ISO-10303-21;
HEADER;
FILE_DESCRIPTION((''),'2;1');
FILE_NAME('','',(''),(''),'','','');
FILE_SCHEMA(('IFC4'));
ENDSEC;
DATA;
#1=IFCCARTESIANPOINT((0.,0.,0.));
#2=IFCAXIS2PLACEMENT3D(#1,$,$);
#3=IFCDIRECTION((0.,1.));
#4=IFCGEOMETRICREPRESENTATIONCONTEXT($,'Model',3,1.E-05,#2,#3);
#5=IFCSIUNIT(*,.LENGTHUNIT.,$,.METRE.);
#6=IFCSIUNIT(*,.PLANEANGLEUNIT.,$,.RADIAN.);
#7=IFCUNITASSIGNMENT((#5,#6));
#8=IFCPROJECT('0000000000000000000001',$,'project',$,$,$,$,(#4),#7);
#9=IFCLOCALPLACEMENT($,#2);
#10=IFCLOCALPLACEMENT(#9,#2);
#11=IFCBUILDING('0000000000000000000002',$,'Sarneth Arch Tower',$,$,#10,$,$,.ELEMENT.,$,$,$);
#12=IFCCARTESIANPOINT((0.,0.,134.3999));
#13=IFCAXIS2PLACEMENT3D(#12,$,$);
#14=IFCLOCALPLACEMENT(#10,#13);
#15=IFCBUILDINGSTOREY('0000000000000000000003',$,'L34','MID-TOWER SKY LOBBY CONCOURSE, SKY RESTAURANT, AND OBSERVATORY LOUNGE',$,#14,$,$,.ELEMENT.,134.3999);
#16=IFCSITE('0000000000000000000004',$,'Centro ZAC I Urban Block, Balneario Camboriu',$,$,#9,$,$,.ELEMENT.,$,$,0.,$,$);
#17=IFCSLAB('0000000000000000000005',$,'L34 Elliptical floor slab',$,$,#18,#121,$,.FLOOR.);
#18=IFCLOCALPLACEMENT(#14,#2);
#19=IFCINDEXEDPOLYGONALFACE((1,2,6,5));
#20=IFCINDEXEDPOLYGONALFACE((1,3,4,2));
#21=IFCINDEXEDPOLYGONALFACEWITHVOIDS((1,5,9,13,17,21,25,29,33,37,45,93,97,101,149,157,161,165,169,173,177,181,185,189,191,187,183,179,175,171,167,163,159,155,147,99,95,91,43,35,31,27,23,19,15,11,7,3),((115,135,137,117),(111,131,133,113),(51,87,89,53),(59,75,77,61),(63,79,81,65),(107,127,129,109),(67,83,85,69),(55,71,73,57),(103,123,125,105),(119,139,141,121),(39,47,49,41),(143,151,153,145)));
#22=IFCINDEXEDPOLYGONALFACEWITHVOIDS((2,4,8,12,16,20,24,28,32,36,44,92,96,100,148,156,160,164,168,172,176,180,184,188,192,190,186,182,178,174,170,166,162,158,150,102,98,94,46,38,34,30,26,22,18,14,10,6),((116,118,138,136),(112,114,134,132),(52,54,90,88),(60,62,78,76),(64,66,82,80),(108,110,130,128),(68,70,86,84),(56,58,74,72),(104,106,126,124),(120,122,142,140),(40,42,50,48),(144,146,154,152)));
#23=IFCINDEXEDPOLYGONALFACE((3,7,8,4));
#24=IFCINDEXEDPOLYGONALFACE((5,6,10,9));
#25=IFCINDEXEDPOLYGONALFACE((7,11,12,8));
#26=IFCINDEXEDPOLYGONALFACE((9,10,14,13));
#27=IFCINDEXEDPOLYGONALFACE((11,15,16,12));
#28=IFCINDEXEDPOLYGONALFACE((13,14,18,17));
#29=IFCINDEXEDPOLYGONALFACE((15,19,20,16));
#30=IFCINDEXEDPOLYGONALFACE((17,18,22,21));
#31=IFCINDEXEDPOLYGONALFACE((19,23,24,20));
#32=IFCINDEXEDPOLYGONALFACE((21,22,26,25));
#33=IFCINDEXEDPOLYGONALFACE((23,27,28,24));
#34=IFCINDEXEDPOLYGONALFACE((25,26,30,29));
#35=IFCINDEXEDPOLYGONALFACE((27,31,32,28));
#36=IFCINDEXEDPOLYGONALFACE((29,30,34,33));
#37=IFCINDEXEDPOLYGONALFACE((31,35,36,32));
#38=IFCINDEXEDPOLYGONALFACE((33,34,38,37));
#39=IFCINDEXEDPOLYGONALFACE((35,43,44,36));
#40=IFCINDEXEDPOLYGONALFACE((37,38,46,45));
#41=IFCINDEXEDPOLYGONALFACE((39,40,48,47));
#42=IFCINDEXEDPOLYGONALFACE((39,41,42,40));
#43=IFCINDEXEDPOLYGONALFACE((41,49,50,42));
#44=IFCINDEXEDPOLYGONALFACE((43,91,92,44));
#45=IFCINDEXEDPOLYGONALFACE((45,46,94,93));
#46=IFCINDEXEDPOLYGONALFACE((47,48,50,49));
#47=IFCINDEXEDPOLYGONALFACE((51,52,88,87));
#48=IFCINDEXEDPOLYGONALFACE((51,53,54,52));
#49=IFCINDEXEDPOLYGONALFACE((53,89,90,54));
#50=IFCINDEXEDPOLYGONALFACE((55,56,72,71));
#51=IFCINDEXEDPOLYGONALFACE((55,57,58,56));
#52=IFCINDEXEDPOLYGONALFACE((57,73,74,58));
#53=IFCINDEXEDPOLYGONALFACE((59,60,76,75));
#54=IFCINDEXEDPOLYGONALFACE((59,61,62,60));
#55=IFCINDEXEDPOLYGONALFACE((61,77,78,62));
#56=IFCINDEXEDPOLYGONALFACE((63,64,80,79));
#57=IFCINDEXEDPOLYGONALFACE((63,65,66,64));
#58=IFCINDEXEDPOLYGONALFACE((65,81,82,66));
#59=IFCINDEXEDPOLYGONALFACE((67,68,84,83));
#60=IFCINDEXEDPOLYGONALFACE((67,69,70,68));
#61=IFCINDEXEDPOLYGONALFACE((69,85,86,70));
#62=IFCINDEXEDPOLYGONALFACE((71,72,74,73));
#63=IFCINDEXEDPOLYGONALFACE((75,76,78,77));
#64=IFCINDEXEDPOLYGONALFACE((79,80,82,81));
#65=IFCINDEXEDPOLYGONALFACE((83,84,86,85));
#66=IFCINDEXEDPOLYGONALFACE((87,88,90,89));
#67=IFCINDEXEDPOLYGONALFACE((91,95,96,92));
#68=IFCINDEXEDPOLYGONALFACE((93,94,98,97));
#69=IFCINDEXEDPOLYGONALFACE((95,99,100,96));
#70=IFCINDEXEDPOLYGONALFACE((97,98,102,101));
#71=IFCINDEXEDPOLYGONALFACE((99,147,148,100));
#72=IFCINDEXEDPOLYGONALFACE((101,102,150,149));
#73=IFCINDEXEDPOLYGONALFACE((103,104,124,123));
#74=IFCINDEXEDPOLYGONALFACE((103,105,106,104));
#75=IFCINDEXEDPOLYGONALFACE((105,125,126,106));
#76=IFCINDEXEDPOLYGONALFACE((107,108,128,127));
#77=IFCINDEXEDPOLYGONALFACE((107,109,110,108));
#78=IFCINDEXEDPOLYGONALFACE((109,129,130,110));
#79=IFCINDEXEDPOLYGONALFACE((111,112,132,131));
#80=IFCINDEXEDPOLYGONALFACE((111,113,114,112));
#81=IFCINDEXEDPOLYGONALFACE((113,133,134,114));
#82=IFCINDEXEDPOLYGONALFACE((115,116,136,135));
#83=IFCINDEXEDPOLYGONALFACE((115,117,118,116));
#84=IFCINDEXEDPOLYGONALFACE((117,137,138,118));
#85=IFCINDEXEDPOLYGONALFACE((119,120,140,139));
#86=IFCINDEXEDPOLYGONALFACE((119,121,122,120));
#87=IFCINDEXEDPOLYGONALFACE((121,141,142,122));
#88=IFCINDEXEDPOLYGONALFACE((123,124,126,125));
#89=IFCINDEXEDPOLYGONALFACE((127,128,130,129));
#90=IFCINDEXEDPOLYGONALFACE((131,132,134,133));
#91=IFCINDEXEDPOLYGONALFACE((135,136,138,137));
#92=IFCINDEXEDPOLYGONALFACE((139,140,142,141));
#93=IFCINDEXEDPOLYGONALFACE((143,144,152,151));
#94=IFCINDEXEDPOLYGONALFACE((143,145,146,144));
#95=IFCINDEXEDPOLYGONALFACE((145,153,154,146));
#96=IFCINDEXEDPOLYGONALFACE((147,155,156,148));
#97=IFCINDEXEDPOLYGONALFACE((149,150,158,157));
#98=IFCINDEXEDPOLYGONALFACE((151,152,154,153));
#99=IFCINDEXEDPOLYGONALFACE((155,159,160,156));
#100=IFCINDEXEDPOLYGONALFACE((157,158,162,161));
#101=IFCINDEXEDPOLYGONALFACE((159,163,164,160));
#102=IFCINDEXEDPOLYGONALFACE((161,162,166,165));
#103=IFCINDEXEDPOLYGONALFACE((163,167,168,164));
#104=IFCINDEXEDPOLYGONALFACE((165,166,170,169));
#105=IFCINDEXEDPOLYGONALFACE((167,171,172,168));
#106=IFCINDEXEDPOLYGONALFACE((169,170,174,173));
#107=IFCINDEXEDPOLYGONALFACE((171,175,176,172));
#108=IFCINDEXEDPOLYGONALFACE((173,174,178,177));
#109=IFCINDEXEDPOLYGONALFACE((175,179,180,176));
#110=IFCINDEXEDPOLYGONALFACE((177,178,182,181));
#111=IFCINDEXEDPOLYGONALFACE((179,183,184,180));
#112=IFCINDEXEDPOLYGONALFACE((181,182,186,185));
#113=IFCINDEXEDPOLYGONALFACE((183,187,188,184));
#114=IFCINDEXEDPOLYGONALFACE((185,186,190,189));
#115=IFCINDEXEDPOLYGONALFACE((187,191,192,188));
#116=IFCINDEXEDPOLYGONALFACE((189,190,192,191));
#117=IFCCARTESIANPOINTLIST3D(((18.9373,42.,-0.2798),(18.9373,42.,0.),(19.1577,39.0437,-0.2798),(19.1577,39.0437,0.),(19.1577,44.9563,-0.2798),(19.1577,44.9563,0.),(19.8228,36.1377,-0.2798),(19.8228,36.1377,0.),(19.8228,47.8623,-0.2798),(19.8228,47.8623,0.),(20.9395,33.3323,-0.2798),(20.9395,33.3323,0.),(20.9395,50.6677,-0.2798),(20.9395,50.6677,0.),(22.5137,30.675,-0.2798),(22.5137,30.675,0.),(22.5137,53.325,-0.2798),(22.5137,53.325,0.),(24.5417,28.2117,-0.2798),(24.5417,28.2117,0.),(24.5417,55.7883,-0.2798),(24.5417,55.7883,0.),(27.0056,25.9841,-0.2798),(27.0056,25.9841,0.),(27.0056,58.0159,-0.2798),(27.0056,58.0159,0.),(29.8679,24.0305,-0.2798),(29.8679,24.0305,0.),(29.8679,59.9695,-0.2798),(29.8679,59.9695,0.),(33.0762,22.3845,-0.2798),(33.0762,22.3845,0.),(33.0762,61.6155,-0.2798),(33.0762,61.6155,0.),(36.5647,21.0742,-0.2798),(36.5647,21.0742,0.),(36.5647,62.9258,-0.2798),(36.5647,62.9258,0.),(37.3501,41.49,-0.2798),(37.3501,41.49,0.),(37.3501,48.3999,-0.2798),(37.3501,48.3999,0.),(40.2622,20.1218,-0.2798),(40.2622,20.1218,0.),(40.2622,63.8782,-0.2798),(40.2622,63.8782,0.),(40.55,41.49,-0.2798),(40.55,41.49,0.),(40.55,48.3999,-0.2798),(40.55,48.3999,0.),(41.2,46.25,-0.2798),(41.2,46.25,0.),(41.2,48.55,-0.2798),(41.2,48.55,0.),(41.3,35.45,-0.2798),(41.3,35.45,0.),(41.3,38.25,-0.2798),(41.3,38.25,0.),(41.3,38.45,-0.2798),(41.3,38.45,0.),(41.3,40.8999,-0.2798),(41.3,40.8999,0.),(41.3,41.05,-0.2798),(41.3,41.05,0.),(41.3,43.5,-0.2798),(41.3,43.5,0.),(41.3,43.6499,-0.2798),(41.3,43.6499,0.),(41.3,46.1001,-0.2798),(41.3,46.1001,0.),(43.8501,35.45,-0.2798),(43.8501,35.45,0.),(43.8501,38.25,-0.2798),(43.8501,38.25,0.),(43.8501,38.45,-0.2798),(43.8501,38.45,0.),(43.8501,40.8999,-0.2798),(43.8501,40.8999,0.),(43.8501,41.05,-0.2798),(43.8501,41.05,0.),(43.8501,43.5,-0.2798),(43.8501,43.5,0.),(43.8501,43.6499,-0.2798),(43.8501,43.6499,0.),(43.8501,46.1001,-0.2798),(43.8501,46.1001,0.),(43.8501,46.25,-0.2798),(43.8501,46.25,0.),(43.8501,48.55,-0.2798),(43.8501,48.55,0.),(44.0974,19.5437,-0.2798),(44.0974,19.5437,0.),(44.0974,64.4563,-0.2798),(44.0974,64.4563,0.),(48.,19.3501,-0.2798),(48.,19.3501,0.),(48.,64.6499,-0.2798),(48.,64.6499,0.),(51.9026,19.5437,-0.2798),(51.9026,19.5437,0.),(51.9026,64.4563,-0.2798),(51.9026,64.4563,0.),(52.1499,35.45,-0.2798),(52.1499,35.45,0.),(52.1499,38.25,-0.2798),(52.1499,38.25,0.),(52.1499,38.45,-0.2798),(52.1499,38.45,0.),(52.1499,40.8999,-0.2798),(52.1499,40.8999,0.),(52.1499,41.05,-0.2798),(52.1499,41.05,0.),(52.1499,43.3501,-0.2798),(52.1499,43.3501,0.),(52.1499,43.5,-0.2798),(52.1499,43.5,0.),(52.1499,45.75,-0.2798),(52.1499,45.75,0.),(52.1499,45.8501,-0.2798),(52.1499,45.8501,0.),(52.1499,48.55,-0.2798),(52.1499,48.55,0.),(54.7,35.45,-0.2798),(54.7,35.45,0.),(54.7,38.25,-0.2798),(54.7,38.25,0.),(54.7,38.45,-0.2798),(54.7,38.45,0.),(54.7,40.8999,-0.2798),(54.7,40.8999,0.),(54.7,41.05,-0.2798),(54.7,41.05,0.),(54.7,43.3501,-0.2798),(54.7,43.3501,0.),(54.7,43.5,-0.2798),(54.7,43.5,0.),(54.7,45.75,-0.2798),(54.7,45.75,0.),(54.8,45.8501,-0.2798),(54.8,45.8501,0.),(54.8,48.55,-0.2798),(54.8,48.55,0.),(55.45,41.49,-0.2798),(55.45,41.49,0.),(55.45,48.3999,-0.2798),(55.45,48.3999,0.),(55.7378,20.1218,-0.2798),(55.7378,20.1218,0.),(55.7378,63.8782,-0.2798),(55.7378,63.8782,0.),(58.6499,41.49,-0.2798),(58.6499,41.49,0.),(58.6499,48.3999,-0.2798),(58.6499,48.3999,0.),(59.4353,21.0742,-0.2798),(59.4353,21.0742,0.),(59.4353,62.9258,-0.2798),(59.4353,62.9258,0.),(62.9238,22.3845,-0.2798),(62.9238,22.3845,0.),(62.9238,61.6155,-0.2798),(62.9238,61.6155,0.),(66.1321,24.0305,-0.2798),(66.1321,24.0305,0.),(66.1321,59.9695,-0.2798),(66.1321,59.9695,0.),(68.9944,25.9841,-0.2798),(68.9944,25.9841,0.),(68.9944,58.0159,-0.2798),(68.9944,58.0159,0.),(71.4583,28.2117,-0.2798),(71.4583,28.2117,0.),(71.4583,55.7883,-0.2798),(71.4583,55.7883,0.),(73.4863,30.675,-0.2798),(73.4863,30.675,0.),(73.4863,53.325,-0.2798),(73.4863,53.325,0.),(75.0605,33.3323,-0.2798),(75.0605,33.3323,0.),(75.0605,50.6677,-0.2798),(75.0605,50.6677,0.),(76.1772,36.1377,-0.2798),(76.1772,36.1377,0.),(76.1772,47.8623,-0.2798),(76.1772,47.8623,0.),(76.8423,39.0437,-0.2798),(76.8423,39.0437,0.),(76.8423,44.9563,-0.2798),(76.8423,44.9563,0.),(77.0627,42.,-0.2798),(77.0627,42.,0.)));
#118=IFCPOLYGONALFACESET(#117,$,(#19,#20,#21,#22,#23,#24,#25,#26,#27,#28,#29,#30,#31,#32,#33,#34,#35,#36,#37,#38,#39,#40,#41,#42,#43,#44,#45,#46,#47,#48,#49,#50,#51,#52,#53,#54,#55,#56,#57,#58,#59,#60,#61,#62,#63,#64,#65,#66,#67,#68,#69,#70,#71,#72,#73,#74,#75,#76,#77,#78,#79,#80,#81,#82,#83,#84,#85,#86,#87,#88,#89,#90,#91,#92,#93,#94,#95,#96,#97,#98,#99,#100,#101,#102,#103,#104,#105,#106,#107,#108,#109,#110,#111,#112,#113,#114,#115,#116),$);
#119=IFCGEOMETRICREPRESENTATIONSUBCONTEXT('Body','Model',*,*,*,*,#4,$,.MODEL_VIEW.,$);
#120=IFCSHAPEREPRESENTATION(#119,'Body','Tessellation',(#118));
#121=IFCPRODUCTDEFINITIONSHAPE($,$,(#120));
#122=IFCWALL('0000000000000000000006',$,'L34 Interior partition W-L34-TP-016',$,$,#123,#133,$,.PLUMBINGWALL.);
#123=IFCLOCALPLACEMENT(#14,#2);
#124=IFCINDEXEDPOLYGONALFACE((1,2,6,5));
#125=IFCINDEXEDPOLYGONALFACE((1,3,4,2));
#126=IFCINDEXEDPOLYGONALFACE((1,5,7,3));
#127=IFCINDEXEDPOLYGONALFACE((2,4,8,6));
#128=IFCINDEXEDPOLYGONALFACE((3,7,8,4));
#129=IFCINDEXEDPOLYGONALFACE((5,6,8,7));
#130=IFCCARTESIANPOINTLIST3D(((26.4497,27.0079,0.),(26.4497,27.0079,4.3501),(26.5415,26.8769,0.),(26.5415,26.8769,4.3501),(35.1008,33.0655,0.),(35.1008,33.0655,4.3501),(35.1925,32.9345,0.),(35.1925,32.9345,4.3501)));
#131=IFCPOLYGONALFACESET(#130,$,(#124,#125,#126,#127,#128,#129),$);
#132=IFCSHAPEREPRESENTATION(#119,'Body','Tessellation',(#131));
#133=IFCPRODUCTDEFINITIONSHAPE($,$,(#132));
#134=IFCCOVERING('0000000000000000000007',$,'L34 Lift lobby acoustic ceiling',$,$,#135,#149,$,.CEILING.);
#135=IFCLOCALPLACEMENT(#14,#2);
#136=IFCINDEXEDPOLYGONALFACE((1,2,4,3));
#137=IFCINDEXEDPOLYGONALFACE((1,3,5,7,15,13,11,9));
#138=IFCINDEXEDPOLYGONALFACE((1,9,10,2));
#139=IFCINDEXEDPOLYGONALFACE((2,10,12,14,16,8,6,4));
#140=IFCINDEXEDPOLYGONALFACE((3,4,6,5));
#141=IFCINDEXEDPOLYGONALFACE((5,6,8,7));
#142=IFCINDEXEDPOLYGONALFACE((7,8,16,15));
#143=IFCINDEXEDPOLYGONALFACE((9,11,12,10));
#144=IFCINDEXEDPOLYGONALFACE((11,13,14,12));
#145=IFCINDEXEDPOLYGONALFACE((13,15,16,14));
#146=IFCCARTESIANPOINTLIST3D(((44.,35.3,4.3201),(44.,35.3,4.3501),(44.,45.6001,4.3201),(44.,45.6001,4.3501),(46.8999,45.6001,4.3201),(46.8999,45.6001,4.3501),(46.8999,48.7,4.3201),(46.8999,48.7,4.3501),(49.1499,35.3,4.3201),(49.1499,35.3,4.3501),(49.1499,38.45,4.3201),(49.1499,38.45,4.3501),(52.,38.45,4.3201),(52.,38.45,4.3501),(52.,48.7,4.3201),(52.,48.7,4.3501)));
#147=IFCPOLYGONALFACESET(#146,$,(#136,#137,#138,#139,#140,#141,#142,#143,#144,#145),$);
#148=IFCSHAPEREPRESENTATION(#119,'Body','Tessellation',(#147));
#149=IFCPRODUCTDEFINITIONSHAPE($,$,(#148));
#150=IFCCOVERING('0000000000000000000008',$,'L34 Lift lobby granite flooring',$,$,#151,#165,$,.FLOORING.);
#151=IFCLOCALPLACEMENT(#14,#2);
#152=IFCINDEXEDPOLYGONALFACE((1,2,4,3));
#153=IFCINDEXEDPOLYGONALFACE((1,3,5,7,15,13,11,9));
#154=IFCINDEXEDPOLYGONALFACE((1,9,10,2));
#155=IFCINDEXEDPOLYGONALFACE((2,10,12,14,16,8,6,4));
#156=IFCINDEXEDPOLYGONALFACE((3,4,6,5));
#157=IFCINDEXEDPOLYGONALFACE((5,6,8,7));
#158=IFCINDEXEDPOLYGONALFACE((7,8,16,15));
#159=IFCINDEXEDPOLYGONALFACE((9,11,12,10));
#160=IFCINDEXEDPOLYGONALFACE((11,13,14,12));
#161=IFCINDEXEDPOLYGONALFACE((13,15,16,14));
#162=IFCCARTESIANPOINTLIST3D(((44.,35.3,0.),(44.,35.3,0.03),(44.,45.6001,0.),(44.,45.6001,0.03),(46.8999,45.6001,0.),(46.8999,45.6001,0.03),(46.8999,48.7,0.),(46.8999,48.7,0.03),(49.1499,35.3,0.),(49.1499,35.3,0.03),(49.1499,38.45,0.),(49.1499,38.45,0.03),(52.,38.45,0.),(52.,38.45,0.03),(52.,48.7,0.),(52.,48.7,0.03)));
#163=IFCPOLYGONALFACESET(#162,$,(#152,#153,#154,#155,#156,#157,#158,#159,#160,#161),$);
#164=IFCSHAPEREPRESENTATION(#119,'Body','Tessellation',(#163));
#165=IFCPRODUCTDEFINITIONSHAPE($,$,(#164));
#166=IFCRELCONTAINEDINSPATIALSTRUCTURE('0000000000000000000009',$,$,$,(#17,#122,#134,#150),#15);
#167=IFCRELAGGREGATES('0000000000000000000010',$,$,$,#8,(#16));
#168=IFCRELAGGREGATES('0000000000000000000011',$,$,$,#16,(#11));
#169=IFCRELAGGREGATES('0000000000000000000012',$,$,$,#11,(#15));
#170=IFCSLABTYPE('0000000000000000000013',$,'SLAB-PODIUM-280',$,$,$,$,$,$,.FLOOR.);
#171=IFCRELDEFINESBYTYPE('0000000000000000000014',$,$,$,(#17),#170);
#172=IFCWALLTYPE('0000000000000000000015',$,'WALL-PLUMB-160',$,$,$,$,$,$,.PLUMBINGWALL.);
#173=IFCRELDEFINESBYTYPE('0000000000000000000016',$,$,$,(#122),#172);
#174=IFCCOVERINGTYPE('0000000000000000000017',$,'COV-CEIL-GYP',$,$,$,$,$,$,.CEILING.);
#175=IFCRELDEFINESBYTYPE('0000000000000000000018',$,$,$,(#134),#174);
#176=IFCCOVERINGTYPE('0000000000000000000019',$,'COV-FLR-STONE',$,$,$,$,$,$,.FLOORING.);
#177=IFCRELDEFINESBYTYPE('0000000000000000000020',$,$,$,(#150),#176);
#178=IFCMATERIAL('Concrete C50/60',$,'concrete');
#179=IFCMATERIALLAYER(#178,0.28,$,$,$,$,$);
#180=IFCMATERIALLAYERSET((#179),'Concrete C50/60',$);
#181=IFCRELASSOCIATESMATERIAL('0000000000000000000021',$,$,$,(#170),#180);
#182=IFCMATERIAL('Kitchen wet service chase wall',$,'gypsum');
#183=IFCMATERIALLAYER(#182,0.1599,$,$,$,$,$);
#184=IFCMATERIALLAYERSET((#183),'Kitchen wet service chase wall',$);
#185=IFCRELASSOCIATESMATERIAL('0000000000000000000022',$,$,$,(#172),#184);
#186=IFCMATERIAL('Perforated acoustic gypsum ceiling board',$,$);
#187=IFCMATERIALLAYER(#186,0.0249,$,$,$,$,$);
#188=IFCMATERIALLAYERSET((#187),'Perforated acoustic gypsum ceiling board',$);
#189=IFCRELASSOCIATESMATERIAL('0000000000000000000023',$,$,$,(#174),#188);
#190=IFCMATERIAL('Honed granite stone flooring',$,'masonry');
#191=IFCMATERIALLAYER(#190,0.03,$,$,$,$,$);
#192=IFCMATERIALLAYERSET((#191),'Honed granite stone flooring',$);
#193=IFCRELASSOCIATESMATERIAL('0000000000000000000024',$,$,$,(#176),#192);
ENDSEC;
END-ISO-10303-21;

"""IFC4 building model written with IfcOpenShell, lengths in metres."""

from ifc_helpers import new_model, si_unit, direction, frame, frame_2d, origin, place, context, subcontext, project, spatial, polyline, rectangle, outline, extrude, material, layer, layer_set, type_object, element, save


model = new_model("IFC4")

# Units and contexts
model_context = context("Model", 3, precision=1e-05, world=origin(), true_north=direction((0.0, 1.0)))
body_context = subcontext(model_context, "Body", "Model", "MODEL_VIEW")
ifc_project = project(units=[si_unit("LENGTHUNIT", "METRE"), si_unit("PLANEANGLEUNIT", "RADIAN")], contexts=[model_context])

# Site, building, storey
site_placement = place(None, origin())
site = spatial("IfcSite", under=ifc_project, at=site_placement, Name="Centro ZAC I Urban Block, Balneario Camboriu", CompositionType="ELEMENT", RefElevation=0.0)
building_placement = place(site_placement, origin())
building = spatial("IfcBuilding", under=site, at=building_placement, Name="Sarneth Arch Tower", CompositionType="ELEMENT")
storey_placement = place(building_placement, frame((0.0, 0.0, 134.3999)))
storey = spatial("IfcBuildingStorey", under=building, at=storey_placement, Name="L34", Description="MID-TOWER SKY LOBBY CONCOURSE, SKY RESTAURANT, AND OBSERVATORY LOUNGE", CompositionType="ELEMENT", Elevation=134.3999)

# Slab
ifc_material_1 = material(Name="Concrete C50/60", Category="concrete")
ifc_layer_1 = layer(ifc_material_1, 0.28)
ifc_layer_set_1 = layer_set([ifc_layer_1], Name="Concrete C50/60")
slab_type_1 = type_object("IfcSlabType", Name="SLAB-PODIUM-280", PredefinedType="FLOOR", material=ifc_layer_set_1)
slab_1_placement = place(storey_placement, frame((0.0, 0.0, -0.2798)))
element("IfcSlab", 1, at=slab_1_placement, inside=storey, type_object=slab_type_1, Name="L34 Elliptical floor slab", PredefinedType="FLOOR", context=body_context, shape_type="SweptSolid", body=[
    extrude(outline(polyline([(77.0627, 42.0), (76.8423, 44.9563), (76.1772, 47.8623), (75.0605, 50.6677), (73.4863, 53.325), (71.4583, 55.7883), (68.9944, 58.0159), (66.1321, 59.9695), (62.9238, 61.6155), (59.4353, 62.9258), (55.7378, 63.8782), (51.9026, 64.4563), (48.0, 64.6499), (44.0974, 64.4563), (40.2622, 63.8782), (36.5647, 62.9258), (33.0762, 61.6155), (29.8679, 59.9695), (27.0056, 58.0159), (24.5417, 55.7883), (22.5137, 53.325), (20.9395, 50.6677), (19.8228, 47.8623), (19.1577, 44.9563), (18.9373, 42.0), (19.1577, 39.0437), (19.8228, 36.1377), (20.9395, 33.3323), (22.5137, 30.675), (24.5417, 28.2117), (27.0056, 25.9841), (29.8679, 24.0305), (33.0762, 22.3845), (36.5647, 21.0742), (40.2622, 20.1218), (44.0974, 19.5437), (48.0, 19.3501), (51.9026, 19.5437), (55.7378, 20.1218), (59.4353, 21.0742), (62.9238, 22.3845), (66.1321, 24.0305), (68.9944, 25.9841), (71.4583, 28.2117), (73.4863, 30.675), (75.0605, 33.3323), (76.1772, 36.1377), (76.8423, 39.0437), (77.0627, 42.0)]), holes=[polyline([(37.3501, 41.49), (40.55, 41.49), (40.55, 48.3999), (37.3501, 48.3999), (37.3501, 41.49)]), polyline([(55.45, 41.49), (58.6499, 41.49), (58.6499, 48.3999), (55.45, 48.3999), (55.45, 41.49)]), polyline([(41.2, 46.25), (43.8501, 46.25), (43.8501, 48.55), (41.2, 48.55), (41.2, 46.25)]), polyline([(41.3, 35.45), (43.8501, 35.45), (43.8501, 38.25), (41.3, 38.25), (41.3, 35.45)]), polyline([(52.1499, 35.45), (54.7, 35.45), (54.7, 38.25), (52.1499, 38.25), (52.1499, 35.45)]), polyline([(52.1499, 45.8501), (54.8, 45.8501), (54.8, 48.55), (52.1499, 48.55), (52.1499, 45.8501)]), polyline([(41.3, 38.45), (43.8501, 38.45), (43.8501, 40.8999), (41.3, 40.8999), (41.3, 38.45)]), polyline([(41.3, 41.05), (43.8501, 41.05), (43.8501, 43.5), (41.3, 43.5), (41.3, 41.05)]), polyline([(41.3, 43.6499), (43.8501, 43.6499), (43.8501, 46.1001), (41.3, 46.1001), (41.3, 43.6499)]), polyline([(52.1499, 38.45), (54.7, 38.45), (54.7, 40.8999), (52.1499, 40.8999), (52.1499, 38.45)]), polyline([(52.1499, 41.05), (54.7, 41.05), (54.7, 43.3501), (52.1499, 43.3501), (52.1499, 41.05)]), polyline([(52.1499, 43.5), (54.7, 43.5), (54.7, 45.75), (52.1499, 45.75), (52.1499, 43.5)])]), origin(), (0.0, 0.0, 1.0), 0.2798),
])

# Wall
ifc_material_2 = material(Name="Kitchen wet service chase wall", Category="gypsum")
ifc_layer_2 = layer(ifc_material_2, 0.1599)
ifc_layer_set_2 = layer_set([ifc_layer_2], Name="Kitchen wet service chase wall")
wall_type = type_object("IfcWallType", Name="WALL-PLUMB-160", PredefinedType="PLUMBINGWALL", material=ifc_layer_set_2)
wall_placement = place(storey_placement, frame((26.4956, 26.9424, 0.0), z_axis=(0.0, 0.0, 1.0), x_axis=(0.81915, 0.573579, 0.0)))
element("IfcWall", 2, at=wall_placement, inside=storey, type_object=wall_type, Name="L34 Interior partition W-L34-TP-016", PredefinedType="PLUMBINGWALL", context=body_context, shape_type="SweptSolid", body=[
    extrude(rectangle(XDim=10.561, YDim=0.1599, at=frame_2d((5.2805, 0.0))), origin(), (0.0, 0.0, 1.0), 4.3501),
])

# Coverings
ifc_material_3 = material(Name="Perforated acoustic gypsum ceiling board")
ifc_layer_3 = layer(ifc_material_3, 0.0249)
ifc_layer_set_3 = layer_set([ifc_layer_3], Name="Perforated acoustic gypsum ceiling board")
covering_type_1 = type_object("IfcCoveringType", Name="COV-CEIL-GYP", PredefinedType="CEILING", material=ifc_layer_set_3)
covering_1_placement = place(storey_placement, frame((0.0, 0.0, 4.3201)))
element("IfcCovering", 3, at=covering_1_placement, inside=storey, type_object=covering_type_1, Name="L34 Lift lobby acoustic ceiling", PredefinedType="CEILING", context=body_context, shape_type="SweptSolid", body=[
    extrude(outline(polyline([(49.1499, 38.45), (49.1499, 35.3), (44.0, 35.3), (44.0, 45.6001), (46.8999, 45.6001), (46.8999, 48.7), (52.0, 48.7), (52.0, 38.45), (49.1499, 38.45)])), origin(), (0.0, 0.0, 1.0), 0.03),
])
ifc_material_4 = material(Name="Honed granite stone flooring", Category="masonry")
ifc_layer_4 = layer(ifc_material_4, 0.03)
ifc_layer_set_4 = layer_set([ifc_layer_4], Name="Honed granite stone flooring")
covering_type_2 = type_object("IfcCoveringType", Name="COV-FLR-STONE", PredefinedType="FLOORING", material=ifc_layer_set_4)
covering_2_placement = place(storey_placement, origin())
element("IfcCovering", 4, at=covering_2_placement, inside=storey, type_object=covering_type_2, Name="L34 Lift lobby granite flooring", PredefinedType="FLOORING", context=body_context, shape_type="SweptSolid", body=[
    extrude(outline(polyline([(49.1499, 38.45), (49.1499, 35.3), (44.0, 35.3), (44.0, 45.6001), (46.8999, 45.6001), (46.8999, 48.7), (52.0, 48.7), (52.0, 38.45), (49.1499, 38.45)])), origin(), (0.0, 0.0, 1.0), 0.03),
])

save(model, "model.ifc")
